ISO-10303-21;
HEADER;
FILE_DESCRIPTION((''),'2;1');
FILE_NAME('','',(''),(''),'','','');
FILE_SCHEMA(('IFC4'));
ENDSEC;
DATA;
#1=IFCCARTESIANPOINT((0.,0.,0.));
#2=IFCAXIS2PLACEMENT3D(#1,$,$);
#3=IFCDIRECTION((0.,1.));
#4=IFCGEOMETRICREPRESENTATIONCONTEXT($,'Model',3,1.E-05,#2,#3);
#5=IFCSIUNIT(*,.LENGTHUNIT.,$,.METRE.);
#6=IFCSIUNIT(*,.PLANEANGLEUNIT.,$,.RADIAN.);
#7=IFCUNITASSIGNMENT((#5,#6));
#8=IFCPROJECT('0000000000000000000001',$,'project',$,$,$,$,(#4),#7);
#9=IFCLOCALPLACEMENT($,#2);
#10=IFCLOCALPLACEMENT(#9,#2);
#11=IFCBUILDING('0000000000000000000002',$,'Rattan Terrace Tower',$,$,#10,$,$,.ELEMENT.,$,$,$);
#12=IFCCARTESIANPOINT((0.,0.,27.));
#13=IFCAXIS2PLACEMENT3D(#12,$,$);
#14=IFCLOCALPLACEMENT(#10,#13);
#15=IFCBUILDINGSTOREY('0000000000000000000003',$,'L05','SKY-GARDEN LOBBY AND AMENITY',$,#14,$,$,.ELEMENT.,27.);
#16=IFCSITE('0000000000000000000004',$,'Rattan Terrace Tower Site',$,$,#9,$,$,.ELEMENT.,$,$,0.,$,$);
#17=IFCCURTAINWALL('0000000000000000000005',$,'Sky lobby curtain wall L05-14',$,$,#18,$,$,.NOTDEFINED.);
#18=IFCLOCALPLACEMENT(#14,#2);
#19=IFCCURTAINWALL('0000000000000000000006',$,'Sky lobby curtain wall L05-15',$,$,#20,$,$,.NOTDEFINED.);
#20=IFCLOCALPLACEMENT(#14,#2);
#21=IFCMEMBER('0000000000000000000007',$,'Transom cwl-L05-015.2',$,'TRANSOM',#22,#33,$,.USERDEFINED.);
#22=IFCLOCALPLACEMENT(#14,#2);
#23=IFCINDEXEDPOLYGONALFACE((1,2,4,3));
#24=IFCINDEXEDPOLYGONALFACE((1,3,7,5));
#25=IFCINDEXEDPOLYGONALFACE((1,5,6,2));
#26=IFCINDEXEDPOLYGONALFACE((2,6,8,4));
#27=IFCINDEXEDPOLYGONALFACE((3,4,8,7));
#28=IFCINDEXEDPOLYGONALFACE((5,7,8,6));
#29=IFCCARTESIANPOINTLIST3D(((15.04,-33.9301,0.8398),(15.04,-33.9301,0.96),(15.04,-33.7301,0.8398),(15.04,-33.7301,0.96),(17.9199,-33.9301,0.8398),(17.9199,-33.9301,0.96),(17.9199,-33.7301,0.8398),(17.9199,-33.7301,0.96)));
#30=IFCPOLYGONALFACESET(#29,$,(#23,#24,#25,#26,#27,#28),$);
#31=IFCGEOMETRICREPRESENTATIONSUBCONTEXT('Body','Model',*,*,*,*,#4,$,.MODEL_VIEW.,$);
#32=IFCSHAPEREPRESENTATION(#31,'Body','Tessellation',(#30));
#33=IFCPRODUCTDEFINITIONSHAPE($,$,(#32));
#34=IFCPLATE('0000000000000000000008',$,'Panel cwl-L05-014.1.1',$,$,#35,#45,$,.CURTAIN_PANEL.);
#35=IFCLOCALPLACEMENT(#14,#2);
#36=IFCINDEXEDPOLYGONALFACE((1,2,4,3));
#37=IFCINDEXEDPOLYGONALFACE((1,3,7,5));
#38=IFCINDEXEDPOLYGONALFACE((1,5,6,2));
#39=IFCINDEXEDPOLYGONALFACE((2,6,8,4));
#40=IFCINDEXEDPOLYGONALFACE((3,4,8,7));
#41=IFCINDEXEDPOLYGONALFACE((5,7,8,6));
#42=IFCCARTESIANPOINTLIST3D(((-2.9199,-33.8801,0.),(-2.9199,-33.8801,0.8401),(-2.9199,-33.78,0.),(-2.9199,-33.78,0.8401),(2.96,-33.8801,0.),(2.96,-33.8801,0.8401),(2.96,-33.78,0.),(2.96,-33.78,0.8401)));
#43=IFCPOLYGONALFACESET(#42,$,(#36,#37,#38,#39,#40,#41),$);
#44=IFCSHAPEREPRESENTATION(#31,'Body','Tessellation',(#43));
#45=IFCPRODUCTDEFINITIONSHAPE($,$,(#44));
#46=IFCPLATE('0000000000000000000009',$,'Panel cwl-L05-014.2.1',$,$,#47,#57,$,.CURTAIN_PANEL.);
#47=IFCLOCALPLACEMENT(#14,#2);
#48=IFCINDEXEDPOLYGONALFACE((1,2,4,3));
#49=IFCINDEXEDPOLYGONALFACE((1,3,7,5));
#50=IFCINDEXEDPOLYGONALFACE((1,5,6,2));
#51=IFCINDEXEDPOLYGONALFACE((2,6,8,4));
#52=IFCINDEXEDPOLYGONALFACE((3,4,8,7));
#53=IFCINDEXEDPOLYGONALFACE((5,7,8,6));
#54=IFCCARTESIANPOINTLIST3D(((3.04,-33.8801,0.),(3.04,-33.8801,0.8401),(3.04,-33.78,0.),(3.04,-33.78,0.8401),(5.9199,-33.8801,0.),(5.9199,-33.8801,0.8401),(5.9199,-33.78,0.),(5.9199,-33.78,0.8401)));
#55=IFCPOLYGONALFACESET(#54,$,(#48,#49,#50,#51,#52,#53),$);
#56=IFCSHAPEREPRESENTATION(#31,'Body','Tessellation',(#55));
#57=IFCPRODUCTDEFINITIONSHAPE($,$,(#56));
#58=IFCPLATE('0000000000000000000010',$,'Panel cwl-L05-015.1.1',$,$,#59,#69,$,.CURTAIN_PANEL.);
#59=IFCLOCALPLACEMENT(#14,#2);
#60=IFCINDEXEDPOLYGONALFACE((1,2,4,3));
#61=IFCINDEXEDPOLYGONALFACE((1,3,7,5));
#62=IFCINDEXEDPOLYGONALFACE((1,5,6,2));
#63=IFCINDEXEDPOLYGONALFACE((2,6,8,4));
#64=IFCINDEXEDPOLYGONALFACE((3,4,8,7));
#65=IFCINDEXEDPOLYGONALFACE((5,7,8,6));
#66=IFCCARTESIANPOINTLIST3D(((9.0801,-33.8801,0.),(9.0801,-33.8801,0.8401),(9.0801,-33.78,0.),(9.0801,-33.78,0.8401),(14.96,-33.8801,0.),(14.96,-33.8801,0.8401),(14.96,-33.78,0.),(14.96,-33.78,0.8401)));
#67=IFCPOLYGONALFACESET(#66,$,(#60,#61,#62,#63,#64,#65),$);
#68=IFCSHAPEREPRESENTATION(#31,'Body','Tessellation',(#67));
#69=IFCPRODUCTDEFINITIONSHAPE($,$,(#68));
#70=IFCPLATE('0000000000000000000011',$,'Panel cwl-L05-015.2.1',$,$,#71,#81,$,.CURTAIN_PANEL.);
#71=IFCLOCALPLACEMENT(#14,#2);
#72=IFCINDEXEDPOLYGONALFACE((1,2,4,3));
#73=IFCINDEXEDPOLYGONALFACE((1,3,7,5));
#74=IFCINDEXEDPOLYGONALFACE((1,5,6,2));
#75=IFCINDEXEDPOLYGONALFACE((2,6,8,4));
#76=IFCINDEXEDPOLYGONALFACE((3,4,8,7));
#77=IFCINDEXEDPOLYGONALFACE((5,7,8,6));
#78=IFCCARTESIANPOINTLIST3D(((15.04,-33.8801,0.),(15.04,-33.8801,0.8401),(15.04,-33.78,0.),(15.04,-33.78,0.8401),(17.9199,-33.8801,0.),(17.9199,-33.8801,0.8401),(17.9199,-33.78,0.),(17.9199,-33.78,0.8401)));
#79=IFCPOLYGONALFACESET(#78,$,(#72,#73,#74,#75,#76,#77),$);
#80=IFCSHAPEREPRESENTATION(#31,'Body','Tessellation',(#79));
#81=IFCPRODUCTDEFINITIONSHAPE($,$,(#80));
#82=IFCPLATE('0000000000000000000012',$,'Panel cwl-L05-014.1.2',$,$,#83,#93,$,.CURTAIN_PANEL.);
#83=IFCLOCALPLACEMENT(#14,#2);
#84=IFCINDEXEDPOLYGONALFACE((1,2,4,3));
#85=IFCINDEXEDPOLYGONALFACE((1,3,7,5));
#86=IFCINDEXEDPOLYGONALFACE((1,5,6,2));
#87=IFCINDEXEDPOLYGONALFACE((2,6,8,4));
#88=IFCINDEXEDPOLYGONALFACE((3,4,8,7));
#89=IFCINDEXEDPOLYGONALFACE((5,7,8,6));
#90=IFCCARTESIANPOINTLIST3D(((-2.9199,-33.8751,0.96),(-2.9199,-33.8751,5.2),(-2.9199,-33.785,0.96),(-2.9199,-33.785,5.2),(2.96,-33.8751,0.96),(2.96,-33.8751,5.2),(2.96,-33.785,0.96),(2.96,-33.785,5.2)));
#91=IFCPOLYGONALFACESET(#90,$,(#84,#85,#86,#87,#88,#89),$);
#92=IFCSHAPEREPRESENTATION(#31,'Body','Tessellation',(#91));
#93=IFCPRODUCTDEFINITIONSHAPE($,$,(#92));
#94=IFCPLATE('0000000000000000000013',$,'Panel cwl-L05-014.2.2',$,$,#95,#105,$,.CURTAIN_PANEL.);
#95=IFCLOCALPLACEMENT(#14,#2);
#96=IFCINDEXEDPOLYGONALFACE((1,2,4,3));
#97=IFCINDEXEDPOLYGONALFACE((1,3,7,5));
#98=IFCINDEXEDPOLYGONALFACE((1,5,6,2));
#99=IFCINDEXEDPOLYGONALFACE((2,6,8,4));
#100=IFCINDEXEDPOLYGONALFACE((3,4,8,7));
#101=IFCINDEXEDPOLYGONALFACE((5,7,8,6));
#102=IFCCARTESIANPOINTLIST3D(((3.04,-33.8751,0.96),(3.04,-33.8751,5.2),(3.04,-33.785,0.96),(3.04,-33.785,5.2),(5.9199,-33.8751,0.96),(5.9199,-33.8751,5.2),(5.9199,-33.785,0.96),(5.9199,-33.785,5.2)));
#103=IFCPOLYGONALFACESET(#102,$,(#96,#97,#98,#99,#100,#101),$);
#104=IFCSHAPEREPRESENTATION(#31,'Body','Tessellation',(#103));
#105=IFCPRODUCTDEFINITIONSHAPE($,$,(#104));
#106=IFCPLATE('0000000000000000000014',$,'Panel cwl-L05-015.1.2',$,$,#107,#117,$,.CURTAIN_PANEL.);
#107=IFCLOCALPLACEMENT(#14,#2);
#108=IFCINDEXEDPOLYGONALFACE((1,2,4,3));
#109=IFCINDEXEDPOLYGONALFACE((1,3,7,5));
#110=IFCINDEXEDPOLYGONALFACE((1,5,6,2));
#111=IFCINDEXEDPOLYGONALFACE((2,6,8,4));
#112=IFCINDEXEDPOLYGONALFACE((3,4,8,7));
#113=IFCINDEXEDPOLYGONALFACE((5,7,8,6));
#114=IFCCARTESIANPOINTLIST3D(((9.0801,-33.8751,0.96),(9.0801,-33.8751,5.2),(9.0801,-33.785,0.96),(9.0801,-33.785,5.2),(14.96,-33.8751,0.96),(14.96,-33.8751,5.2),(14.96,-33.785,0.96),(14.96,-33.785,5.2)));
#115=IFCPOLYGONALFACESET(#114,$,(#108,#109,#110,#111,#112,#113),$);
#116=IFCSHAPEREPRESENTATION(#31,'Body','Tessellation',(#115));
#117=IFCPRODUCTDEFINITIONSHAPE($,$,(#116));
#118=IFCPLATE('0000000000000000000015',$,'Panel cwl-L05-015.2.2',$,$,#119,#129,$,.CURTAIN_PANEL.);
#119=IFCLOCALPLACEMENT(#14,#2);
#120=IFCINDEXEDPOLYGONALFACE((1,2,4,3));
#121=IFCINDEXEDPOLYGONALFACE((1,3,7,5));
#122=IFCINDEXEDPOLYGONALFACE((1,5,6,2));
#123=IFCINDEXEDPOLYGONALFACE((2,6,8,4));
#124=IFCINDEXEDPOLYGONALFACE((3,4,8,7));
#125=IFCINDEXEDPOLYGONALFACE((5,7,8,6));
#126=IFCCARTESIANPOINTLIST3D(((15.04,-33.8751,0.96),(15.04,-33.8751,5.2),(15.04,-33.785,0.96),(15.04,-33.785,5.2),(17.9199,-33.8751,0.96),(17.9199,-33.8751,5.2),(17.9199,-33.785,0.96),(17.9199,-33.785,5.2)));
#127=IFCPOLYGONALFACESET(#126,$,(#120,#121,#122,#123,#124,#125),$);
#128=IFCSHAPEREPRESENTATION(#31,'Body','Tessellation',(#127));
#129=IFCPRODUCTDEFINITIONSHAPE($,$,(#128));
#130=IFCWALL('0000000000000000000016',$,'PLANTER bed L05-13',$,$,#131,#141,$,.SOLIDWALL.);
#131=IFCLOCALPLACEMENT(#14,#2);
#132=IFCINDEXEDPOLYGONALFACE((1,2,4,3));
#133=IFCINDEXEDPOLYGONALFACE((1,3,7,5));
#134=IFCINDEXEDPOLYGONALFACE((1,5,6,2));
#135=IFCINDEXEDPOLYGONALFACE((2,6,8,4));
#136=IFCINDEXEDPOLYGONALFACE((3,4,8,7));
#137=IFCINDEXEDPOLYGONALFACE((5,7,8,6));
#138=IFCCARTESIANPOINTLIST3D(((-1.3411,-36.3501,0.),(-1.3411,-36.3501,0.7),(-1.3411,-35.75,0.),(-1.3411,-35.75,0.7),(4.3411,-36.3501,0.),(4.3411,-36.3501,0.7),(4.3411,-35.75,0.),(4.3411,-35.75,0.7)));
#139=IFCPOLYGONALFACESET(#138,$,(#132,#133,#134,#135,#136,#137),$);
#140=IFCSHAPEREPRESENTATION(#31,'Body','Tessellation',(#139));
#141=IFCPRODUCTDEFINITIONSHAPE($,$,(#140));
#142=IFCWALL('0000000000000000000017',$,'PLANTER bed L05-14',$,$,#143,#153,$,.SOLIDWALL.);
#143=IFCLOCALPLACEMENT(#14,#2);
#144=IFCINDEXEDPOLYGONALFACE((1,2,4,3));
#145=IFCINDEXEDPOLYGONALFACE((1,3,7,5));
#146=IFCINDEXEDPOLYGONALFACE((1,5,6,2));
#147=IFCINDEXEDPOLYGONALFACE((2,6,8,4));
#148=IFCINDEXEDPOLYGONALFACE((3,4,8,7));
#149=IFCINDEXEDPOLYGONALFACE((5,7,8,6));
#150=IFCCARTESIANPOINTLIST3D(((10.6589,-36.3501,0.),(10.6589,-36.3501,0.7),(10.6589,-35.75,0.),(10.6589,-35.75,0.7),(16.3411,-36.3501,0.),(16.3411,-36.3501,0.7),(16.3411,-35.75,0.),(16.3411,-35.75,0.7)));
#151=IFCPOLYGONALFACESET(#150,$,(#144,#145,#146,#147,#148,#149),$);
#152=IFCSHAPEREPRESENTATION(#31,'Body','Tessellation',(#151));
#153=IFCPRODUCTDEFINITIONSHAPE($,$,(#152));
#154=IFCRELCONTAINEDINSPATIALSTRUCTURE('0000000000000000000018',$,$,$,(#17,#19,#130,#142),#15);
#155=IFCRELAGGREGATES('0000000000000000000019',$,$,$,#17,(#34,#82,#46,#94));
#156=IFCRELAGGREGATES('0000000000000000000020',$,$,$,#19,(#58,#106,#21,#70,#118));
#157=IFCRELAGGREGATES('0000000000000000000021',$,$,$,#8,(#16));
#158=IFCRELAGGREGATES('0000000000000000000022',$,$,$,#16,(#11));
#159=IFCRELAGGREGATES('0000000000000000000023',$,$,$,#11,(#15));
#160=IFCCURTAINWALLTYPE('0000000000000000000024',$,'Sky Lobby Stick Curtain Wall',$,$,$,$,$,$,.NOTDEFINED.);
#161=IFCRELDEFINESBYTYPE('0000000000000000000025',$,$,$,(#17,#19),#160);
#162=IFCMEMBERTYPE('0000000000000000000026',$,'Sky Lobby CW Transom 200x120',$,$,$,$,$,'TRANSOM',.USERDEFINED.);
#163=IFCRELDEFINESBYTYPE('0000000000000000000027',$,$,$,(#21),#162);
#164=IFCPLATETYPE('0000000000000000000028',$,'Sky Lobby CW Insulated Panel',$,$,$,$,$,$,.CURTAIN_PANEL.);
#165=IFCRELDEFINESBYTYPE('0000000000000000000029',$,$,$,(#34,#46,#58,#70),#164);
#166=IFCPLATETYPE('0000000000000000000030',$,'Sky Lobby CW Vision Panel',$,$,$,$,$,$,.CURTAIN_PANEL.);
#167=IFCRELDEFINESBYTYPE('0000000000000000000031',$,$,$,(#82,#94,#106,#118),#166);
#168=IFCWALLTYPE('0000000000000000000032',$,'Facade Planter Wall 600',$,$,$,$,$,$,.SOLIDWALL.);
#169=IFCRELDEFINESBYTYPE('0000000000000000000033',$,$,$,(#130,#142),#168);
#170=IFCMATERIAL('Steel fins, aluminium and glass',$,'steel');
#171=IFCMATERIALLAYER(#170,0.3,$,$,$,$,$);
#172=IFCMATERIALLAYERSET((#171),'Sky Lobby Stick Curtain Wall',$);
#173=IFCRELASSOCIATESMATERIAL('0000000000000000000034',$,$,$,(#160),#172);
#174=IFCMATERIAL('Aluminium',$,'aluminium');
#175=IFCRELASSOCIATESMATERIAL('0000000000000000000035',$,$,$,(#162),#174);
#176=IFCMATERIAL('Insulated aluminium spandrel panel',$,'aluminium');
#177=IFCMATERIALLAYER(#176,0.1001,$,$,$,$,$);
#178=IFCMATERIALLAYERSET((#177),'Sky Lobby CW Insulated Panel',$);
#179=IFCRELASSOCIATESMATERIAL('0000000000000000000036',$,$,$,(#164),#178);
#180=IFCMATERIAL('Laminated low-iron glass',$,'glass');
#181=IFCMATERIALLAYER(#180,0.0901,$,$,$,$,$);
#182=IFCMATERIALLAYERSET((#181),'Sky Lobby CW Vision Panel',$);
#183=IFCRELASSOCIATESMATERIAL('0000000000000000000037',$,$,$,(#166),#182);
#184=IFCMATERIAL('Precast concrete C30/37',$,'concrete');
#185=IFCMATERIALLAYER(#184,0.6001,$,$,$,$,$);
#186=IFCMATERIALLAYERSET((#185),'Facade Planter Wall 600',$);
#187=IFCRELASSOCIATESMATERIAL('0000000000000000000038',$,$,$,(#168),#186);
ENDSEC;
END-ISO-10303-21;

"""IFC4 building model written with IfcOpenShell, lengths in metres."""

from ifc_helpers import new_model, si_unit, direction, frame, frame_2d, origin, origin_2d, place, context, subcontext, project, spatial, rectangle, extrude, material, layer, layer_set, material_profile, profile_set, type_object, element, aggregate, save


model = new_model("IFC4")

# Units and contexts
model_context = context("Model", 3, precision=1e-05, world=origin(), true_north=direction((0.0, 1.0)))
body_context = subcontext(model_context, "Body", "Model", "MODEL_VIEW")
ifc_project = project(units=[si_unit("LENGTHUNIT", "METRE"), si_unit("PLANEANGLEUNIT", "RADIAN")], contexts=[model_context])

# Site, building, storey
site_placement = place(None, origin())
site = spatial("IfcSite", under=ifc_project, at=site_placement, Name="Rattan Terrace Tower Site", CompositionType="ELEMENT", RefElevation=0.0)
building_placement = place(site_placement, origin())
building = spatial("IfcBuilding", under=site, at=building_placement, Name="Rattan Terrace Tower", CompositionType="ELEMENT")
storey_placement = place(building_placement, frame((0.0, 0.0, 27.0)))
storey = spatial("IfcBuildingStorey", under=building, at=storey_placement, Name="L05", Description="SKY-GARDEN LOBBY AND AMENITY", CompositionType="ELEMENT", Elevation=27.0)

# Curtain walls
ifc_material_1 = material(Name="Steel fins, aluminium and glass", Category="steel")
ifc_layer_1 = layer(ifc_material_1, 0.3)
ifc_layer_set_1 = layer_set([ifc_layer_1], Name="Sky Lobby Stick Curtain Wall")
curtain_wall_type = type_object("IfcCurtainWallType", Name="Sky Lobby Stick Curtain Wall", PredefinedType="NOTDEFINED", material=ifc_layer_set_1)
curtain_wall_1_placement = place(storey_placement, origin())
curtain_wall_1 = element("IfcCurtainWall", 1, at=curtain_wall_1_placement, inside=storey, type_object=curtain_wall_type, Name="Sky lobby curtain wall L05-14", PredefinedType="NOTDEFINED")
curtain_wall_2_placement = place(storey_placement, origin())
curtain_wall_2 = element("IfcCurtainWall", 2, at=curtain_wall_2_placement, inside=storey, type_object=curtain_wall_type, Name="Sky lobby curtain wall L05-15", PredefinedType="NOTDEFINED")

# Member
ifc_material_2 = material(Name="Aluminium", Category="aluminium")
ifc_material_profile_1 = material_profile(ifc_material_2, rectangle(XDim=0.2, YDim=0.1201, at=origin_2d()), Name="Aluminium 200x120")
ifc_profile_set_1 = profile_set([ifc_material_profile_1], Name="Aluminium")
member_type_1 = type_object("IfcMemberType", Name="Sky Lobby CW Transom 200x120", ElementType="TRANSOM", PredefinedType="USERDEFINED", material=ifc_profile_set_1)
member_1_placement = place(storey_placement, frame((15.04, -33.8301, 0.8999), z_axis=(1.0, 0.0, 0.0), x_axis=(0.0, 1.0, 0.0)))
member_1 = element("IfcMember", 3, at=member_1_placement, type_object=member_type_1, Name="Transom cwl-L05-015.2", ObjectType="TRANSOM", PredefinedType="USERDEFINED", context=body_context, shape_type="SweptSolid", body=[
    extrude(rectangle(XDim=0.2, YDim=0.1201, at=origin_2d()), origin(), (0.0, 0.0, 1.0), 2.8799),
])

# Plates
ifc_material_3 = material(Name="Insulated aluminium spandrel panel", Category="aluminium")
ifc_layer_2 = layer(ifc_material_3, 0.1001)
ifc_layer_set_2 = layer_set([ifc_layer_2], Name="Sky Lobby CW Insulated Panel")
plate_type_1 = type_object("IfcPlateType", Name="Sky Lobby CW Insulated Panel", PredefinedType="CURTAIN_PANEL", material=ifc_layer_set_2)
plate_1_placement = place(storey_placement, frame((0.02, -33.8301, 0.0), z_axis=(0.0, 0.0, 1.0), x_axis=(1.0, 0.0, 0.0)))
plate_1 = element("IfcPlate", 4, at=plate_1_placement, type_object=plate_type_1, Name="Panel cwl-L05-014.1.1", PredefinedType="CURTAIN_PANEL", context=body_context, shape_type="SweptSolid", body=[
    extrude(rectangle(XDim=5.8799, YDim=0.1001, at=origin_2d()), origin(), (0.0, 0.0, 1.0), 0.8401),
])
plate_2_placement = place(storey_placement, frame((4.48, -33.8301, 0.0), z_axis=(0.0, 0.0, 1.0), x_axis=(1.0, 0.0, 0.0)))
plate_2 = element("IfcPlate", 5, at=plate_2_placement, type_object=plate_type_1, Name="Panel cwl-L05-014.2.1", PredefinedType="CURTAIN_PANEL", context=body_context, shape_type="SweptSolid", body=[
    extrude(rectangle(XDim=2.8799, YDim=0.1001, at=origin_2d()), origin(), (0.0, 0.0, 1.0), 0.8401),
])
plate_3_placement = place(storey_placement, frame((12.02, -33.8301, 0.0), z_axis=(0.0, 0.0, 1.0), x_axis=(1.0, 0.0, 0.0)))
plate_3 = element("IfcPlate", 6, at=plate_3_placement, type_object=plate_type_1, Name="Panel cwl-L05-015.1.1", PredefinedType="CURTAIN_PANEL", context=body_context, shape_type="SweptSolid", body=[
    extrude(rectangle(XDim=5.8799, YDim=0.1001, at=origin_2d()), origin(), (0.0, 0.0, 1.0), 0.8401),
])
plate_4_placement = place(storey_placement, frame((16.48, -33.8301, 0.0), z_axis=(0.0, 0.0, 1.0), x_axis=(1.0, 0.0, 0.0)))
plate_4 = element("IfcPlate", 7, at=plate_4_placement, type_object=plate_type_1, Name="Panel cwl-L05-015.2.1", PredefinedType="CURTAIN_PANEL", context=body_context, shape_type="SweptSolid", body=[
    extrude(rectangle(XDim=2.8799, YDim=0.1001, at=origin_2d()), origin(), (0.0, 0.0, 1.0), 0.8401),
])
ifc_material_4 = material(Name="Laminated low-iron glass", Category="glass")
ifc_layer_3 = layer(ifc_material_4, 0.0901)
ifc_layer_set_3 = layer_set([ifc_layer_3], Name="Sky Lobby CW Vision Panel")
plate_type_2 = type_object("IfcPlateType", Name="Sky Lobby CW Vision Panel", PredefinedType="CURTAIN_PANEL", material=ifc_layer_set_3)
plate_5_placement = place(storey_placement, frame((0.02, -33.8301, 0.96), z_axis=(0.0, 0.0, 1.0), x_axis=(1.0, 0.0, 0.0)))
plate_5 = element("IfcPlate", 8, at=plate_5_placement, type_object=plate_type_2, Name="Panel cwl-L05-014.1.2", PredefinedType="CURTAIN_PANEL", context=body_context, shape_type="SweptSolid", body=[
    extrude(rectangle(XDim=5.8799, YDim=0.0901, at=origin_2d()), origin(), (0.0, 0.0, 1.0), 4.24),
])
plate_6_placement = place(storey_placement, frame((4.48, -33.8301, 0.96), z_axis=(0.0, 0.0, 1.0), x_axis=(1.0, 0.0, 0.0)))
plate_6 = element("IfcPlate", 9, at=plate_6_placement, type_object=plate_type_2, Name="Panel cwl-L05-014.2.2", PredefinedType="CURTAIN_PANEL", context=body_context, shape_type="SweptSolid", body=[
    extrude(rectangle(XDim=2.8799, YDim=0.0901, at=origin_2d()), origin(), (0.0, 0.0, 1.0), 4.24),
])
aggregate(curtain_wall_1, [plate_1, plate_5, plate_2, plate_6])
plate_7_placement = place(storey_placement, frame((12.02, -33.8301, 0.96), z_axis=(0.0, 0.0, 1.0), x_axis=(1.0, 0.0, 0.0)))
plate_7 = element("IfcPlate", 10, at=plate_7_placement, type_object=plate_type_2, Name="Panel cwl-L05-015.1.2", PredefinedType="CURTAIN_PANEL", context=body_context, shape_type="SweptSolid", body=[
    extrude(rectangle(XDim=5.8799, YDim=0.0901, at=origin_2d()), origin(), (0.0, 0.0, 1.0), 4.24),
])
plate_8_placement = place(storey_placement, frame((16.48, -33.8301, 0.96), z_axis=(0.0, 0.0, 1.0), x_axis=(1.0, 0.0, 0.0)))
plate_8 = element("IfcPlate", 11, at=plate_8_placement, type_object=plate_type_2, Name="Panel cwl-L05-015.2.2", PredefinedType="CURTAIN_PANEL", context=body_context, shape_type="SweptSolid", body=[
    extrude(rectangle(XDim=2.8799, YDim=0.0901, at=origin_2d()), origin(), (0.0, 0.0, 1.0), 4.24),
])
aggregate(curtain_wall_2, [plate_3, plate_7, member_1, plate_4, plate_8])

# Walls
ifc_material_5 = material(Name="Precast concrete C30/37", Category="concrete")
ifc_layer_4 = layer(ifc_material_5, 0.6001)
ifc_layer_set_4 = layer_set([ifc_layer_4], Name="Facade Planter Wall 600")
wall_type_1 = type_object("IfcWallType", Name="Facade Planter Wall 600", PredefinedType="SOLIDWALL", material=ifc_layer_set_4)
for number, where, z_axis, x_axis, name in (
    (12, (4.3411, -36.05, 0.0), (0.0, 0.0, 1.0), (-1.0, 0.0, 0.0), "PLANTER bed L05-13"),
    (13, (16.3411, -36.05, 0.0), (0.0, 0.0, 1.0), (-1.0, 0.0, 0.0), "PLANTER bed L05-14"),
):
    element("IfcWall", number, at=place(storey_placement, frame(where, z_axis=z_axis, x_axis=x_axis)), inside=storey, type_object=wall_type_1, Name=name, PredefinedType="SOLIDWALL", context=body_context, shape_type="SweptSolid", body=[
        extrude(rectangle(XDim=5.6821, YDim=0.6001, at=frame_2d((2.8411, 0.0))), origin(), (0.0, 0.0, 1.0), 0.7),
    ])

save(model, "model.ifc")
